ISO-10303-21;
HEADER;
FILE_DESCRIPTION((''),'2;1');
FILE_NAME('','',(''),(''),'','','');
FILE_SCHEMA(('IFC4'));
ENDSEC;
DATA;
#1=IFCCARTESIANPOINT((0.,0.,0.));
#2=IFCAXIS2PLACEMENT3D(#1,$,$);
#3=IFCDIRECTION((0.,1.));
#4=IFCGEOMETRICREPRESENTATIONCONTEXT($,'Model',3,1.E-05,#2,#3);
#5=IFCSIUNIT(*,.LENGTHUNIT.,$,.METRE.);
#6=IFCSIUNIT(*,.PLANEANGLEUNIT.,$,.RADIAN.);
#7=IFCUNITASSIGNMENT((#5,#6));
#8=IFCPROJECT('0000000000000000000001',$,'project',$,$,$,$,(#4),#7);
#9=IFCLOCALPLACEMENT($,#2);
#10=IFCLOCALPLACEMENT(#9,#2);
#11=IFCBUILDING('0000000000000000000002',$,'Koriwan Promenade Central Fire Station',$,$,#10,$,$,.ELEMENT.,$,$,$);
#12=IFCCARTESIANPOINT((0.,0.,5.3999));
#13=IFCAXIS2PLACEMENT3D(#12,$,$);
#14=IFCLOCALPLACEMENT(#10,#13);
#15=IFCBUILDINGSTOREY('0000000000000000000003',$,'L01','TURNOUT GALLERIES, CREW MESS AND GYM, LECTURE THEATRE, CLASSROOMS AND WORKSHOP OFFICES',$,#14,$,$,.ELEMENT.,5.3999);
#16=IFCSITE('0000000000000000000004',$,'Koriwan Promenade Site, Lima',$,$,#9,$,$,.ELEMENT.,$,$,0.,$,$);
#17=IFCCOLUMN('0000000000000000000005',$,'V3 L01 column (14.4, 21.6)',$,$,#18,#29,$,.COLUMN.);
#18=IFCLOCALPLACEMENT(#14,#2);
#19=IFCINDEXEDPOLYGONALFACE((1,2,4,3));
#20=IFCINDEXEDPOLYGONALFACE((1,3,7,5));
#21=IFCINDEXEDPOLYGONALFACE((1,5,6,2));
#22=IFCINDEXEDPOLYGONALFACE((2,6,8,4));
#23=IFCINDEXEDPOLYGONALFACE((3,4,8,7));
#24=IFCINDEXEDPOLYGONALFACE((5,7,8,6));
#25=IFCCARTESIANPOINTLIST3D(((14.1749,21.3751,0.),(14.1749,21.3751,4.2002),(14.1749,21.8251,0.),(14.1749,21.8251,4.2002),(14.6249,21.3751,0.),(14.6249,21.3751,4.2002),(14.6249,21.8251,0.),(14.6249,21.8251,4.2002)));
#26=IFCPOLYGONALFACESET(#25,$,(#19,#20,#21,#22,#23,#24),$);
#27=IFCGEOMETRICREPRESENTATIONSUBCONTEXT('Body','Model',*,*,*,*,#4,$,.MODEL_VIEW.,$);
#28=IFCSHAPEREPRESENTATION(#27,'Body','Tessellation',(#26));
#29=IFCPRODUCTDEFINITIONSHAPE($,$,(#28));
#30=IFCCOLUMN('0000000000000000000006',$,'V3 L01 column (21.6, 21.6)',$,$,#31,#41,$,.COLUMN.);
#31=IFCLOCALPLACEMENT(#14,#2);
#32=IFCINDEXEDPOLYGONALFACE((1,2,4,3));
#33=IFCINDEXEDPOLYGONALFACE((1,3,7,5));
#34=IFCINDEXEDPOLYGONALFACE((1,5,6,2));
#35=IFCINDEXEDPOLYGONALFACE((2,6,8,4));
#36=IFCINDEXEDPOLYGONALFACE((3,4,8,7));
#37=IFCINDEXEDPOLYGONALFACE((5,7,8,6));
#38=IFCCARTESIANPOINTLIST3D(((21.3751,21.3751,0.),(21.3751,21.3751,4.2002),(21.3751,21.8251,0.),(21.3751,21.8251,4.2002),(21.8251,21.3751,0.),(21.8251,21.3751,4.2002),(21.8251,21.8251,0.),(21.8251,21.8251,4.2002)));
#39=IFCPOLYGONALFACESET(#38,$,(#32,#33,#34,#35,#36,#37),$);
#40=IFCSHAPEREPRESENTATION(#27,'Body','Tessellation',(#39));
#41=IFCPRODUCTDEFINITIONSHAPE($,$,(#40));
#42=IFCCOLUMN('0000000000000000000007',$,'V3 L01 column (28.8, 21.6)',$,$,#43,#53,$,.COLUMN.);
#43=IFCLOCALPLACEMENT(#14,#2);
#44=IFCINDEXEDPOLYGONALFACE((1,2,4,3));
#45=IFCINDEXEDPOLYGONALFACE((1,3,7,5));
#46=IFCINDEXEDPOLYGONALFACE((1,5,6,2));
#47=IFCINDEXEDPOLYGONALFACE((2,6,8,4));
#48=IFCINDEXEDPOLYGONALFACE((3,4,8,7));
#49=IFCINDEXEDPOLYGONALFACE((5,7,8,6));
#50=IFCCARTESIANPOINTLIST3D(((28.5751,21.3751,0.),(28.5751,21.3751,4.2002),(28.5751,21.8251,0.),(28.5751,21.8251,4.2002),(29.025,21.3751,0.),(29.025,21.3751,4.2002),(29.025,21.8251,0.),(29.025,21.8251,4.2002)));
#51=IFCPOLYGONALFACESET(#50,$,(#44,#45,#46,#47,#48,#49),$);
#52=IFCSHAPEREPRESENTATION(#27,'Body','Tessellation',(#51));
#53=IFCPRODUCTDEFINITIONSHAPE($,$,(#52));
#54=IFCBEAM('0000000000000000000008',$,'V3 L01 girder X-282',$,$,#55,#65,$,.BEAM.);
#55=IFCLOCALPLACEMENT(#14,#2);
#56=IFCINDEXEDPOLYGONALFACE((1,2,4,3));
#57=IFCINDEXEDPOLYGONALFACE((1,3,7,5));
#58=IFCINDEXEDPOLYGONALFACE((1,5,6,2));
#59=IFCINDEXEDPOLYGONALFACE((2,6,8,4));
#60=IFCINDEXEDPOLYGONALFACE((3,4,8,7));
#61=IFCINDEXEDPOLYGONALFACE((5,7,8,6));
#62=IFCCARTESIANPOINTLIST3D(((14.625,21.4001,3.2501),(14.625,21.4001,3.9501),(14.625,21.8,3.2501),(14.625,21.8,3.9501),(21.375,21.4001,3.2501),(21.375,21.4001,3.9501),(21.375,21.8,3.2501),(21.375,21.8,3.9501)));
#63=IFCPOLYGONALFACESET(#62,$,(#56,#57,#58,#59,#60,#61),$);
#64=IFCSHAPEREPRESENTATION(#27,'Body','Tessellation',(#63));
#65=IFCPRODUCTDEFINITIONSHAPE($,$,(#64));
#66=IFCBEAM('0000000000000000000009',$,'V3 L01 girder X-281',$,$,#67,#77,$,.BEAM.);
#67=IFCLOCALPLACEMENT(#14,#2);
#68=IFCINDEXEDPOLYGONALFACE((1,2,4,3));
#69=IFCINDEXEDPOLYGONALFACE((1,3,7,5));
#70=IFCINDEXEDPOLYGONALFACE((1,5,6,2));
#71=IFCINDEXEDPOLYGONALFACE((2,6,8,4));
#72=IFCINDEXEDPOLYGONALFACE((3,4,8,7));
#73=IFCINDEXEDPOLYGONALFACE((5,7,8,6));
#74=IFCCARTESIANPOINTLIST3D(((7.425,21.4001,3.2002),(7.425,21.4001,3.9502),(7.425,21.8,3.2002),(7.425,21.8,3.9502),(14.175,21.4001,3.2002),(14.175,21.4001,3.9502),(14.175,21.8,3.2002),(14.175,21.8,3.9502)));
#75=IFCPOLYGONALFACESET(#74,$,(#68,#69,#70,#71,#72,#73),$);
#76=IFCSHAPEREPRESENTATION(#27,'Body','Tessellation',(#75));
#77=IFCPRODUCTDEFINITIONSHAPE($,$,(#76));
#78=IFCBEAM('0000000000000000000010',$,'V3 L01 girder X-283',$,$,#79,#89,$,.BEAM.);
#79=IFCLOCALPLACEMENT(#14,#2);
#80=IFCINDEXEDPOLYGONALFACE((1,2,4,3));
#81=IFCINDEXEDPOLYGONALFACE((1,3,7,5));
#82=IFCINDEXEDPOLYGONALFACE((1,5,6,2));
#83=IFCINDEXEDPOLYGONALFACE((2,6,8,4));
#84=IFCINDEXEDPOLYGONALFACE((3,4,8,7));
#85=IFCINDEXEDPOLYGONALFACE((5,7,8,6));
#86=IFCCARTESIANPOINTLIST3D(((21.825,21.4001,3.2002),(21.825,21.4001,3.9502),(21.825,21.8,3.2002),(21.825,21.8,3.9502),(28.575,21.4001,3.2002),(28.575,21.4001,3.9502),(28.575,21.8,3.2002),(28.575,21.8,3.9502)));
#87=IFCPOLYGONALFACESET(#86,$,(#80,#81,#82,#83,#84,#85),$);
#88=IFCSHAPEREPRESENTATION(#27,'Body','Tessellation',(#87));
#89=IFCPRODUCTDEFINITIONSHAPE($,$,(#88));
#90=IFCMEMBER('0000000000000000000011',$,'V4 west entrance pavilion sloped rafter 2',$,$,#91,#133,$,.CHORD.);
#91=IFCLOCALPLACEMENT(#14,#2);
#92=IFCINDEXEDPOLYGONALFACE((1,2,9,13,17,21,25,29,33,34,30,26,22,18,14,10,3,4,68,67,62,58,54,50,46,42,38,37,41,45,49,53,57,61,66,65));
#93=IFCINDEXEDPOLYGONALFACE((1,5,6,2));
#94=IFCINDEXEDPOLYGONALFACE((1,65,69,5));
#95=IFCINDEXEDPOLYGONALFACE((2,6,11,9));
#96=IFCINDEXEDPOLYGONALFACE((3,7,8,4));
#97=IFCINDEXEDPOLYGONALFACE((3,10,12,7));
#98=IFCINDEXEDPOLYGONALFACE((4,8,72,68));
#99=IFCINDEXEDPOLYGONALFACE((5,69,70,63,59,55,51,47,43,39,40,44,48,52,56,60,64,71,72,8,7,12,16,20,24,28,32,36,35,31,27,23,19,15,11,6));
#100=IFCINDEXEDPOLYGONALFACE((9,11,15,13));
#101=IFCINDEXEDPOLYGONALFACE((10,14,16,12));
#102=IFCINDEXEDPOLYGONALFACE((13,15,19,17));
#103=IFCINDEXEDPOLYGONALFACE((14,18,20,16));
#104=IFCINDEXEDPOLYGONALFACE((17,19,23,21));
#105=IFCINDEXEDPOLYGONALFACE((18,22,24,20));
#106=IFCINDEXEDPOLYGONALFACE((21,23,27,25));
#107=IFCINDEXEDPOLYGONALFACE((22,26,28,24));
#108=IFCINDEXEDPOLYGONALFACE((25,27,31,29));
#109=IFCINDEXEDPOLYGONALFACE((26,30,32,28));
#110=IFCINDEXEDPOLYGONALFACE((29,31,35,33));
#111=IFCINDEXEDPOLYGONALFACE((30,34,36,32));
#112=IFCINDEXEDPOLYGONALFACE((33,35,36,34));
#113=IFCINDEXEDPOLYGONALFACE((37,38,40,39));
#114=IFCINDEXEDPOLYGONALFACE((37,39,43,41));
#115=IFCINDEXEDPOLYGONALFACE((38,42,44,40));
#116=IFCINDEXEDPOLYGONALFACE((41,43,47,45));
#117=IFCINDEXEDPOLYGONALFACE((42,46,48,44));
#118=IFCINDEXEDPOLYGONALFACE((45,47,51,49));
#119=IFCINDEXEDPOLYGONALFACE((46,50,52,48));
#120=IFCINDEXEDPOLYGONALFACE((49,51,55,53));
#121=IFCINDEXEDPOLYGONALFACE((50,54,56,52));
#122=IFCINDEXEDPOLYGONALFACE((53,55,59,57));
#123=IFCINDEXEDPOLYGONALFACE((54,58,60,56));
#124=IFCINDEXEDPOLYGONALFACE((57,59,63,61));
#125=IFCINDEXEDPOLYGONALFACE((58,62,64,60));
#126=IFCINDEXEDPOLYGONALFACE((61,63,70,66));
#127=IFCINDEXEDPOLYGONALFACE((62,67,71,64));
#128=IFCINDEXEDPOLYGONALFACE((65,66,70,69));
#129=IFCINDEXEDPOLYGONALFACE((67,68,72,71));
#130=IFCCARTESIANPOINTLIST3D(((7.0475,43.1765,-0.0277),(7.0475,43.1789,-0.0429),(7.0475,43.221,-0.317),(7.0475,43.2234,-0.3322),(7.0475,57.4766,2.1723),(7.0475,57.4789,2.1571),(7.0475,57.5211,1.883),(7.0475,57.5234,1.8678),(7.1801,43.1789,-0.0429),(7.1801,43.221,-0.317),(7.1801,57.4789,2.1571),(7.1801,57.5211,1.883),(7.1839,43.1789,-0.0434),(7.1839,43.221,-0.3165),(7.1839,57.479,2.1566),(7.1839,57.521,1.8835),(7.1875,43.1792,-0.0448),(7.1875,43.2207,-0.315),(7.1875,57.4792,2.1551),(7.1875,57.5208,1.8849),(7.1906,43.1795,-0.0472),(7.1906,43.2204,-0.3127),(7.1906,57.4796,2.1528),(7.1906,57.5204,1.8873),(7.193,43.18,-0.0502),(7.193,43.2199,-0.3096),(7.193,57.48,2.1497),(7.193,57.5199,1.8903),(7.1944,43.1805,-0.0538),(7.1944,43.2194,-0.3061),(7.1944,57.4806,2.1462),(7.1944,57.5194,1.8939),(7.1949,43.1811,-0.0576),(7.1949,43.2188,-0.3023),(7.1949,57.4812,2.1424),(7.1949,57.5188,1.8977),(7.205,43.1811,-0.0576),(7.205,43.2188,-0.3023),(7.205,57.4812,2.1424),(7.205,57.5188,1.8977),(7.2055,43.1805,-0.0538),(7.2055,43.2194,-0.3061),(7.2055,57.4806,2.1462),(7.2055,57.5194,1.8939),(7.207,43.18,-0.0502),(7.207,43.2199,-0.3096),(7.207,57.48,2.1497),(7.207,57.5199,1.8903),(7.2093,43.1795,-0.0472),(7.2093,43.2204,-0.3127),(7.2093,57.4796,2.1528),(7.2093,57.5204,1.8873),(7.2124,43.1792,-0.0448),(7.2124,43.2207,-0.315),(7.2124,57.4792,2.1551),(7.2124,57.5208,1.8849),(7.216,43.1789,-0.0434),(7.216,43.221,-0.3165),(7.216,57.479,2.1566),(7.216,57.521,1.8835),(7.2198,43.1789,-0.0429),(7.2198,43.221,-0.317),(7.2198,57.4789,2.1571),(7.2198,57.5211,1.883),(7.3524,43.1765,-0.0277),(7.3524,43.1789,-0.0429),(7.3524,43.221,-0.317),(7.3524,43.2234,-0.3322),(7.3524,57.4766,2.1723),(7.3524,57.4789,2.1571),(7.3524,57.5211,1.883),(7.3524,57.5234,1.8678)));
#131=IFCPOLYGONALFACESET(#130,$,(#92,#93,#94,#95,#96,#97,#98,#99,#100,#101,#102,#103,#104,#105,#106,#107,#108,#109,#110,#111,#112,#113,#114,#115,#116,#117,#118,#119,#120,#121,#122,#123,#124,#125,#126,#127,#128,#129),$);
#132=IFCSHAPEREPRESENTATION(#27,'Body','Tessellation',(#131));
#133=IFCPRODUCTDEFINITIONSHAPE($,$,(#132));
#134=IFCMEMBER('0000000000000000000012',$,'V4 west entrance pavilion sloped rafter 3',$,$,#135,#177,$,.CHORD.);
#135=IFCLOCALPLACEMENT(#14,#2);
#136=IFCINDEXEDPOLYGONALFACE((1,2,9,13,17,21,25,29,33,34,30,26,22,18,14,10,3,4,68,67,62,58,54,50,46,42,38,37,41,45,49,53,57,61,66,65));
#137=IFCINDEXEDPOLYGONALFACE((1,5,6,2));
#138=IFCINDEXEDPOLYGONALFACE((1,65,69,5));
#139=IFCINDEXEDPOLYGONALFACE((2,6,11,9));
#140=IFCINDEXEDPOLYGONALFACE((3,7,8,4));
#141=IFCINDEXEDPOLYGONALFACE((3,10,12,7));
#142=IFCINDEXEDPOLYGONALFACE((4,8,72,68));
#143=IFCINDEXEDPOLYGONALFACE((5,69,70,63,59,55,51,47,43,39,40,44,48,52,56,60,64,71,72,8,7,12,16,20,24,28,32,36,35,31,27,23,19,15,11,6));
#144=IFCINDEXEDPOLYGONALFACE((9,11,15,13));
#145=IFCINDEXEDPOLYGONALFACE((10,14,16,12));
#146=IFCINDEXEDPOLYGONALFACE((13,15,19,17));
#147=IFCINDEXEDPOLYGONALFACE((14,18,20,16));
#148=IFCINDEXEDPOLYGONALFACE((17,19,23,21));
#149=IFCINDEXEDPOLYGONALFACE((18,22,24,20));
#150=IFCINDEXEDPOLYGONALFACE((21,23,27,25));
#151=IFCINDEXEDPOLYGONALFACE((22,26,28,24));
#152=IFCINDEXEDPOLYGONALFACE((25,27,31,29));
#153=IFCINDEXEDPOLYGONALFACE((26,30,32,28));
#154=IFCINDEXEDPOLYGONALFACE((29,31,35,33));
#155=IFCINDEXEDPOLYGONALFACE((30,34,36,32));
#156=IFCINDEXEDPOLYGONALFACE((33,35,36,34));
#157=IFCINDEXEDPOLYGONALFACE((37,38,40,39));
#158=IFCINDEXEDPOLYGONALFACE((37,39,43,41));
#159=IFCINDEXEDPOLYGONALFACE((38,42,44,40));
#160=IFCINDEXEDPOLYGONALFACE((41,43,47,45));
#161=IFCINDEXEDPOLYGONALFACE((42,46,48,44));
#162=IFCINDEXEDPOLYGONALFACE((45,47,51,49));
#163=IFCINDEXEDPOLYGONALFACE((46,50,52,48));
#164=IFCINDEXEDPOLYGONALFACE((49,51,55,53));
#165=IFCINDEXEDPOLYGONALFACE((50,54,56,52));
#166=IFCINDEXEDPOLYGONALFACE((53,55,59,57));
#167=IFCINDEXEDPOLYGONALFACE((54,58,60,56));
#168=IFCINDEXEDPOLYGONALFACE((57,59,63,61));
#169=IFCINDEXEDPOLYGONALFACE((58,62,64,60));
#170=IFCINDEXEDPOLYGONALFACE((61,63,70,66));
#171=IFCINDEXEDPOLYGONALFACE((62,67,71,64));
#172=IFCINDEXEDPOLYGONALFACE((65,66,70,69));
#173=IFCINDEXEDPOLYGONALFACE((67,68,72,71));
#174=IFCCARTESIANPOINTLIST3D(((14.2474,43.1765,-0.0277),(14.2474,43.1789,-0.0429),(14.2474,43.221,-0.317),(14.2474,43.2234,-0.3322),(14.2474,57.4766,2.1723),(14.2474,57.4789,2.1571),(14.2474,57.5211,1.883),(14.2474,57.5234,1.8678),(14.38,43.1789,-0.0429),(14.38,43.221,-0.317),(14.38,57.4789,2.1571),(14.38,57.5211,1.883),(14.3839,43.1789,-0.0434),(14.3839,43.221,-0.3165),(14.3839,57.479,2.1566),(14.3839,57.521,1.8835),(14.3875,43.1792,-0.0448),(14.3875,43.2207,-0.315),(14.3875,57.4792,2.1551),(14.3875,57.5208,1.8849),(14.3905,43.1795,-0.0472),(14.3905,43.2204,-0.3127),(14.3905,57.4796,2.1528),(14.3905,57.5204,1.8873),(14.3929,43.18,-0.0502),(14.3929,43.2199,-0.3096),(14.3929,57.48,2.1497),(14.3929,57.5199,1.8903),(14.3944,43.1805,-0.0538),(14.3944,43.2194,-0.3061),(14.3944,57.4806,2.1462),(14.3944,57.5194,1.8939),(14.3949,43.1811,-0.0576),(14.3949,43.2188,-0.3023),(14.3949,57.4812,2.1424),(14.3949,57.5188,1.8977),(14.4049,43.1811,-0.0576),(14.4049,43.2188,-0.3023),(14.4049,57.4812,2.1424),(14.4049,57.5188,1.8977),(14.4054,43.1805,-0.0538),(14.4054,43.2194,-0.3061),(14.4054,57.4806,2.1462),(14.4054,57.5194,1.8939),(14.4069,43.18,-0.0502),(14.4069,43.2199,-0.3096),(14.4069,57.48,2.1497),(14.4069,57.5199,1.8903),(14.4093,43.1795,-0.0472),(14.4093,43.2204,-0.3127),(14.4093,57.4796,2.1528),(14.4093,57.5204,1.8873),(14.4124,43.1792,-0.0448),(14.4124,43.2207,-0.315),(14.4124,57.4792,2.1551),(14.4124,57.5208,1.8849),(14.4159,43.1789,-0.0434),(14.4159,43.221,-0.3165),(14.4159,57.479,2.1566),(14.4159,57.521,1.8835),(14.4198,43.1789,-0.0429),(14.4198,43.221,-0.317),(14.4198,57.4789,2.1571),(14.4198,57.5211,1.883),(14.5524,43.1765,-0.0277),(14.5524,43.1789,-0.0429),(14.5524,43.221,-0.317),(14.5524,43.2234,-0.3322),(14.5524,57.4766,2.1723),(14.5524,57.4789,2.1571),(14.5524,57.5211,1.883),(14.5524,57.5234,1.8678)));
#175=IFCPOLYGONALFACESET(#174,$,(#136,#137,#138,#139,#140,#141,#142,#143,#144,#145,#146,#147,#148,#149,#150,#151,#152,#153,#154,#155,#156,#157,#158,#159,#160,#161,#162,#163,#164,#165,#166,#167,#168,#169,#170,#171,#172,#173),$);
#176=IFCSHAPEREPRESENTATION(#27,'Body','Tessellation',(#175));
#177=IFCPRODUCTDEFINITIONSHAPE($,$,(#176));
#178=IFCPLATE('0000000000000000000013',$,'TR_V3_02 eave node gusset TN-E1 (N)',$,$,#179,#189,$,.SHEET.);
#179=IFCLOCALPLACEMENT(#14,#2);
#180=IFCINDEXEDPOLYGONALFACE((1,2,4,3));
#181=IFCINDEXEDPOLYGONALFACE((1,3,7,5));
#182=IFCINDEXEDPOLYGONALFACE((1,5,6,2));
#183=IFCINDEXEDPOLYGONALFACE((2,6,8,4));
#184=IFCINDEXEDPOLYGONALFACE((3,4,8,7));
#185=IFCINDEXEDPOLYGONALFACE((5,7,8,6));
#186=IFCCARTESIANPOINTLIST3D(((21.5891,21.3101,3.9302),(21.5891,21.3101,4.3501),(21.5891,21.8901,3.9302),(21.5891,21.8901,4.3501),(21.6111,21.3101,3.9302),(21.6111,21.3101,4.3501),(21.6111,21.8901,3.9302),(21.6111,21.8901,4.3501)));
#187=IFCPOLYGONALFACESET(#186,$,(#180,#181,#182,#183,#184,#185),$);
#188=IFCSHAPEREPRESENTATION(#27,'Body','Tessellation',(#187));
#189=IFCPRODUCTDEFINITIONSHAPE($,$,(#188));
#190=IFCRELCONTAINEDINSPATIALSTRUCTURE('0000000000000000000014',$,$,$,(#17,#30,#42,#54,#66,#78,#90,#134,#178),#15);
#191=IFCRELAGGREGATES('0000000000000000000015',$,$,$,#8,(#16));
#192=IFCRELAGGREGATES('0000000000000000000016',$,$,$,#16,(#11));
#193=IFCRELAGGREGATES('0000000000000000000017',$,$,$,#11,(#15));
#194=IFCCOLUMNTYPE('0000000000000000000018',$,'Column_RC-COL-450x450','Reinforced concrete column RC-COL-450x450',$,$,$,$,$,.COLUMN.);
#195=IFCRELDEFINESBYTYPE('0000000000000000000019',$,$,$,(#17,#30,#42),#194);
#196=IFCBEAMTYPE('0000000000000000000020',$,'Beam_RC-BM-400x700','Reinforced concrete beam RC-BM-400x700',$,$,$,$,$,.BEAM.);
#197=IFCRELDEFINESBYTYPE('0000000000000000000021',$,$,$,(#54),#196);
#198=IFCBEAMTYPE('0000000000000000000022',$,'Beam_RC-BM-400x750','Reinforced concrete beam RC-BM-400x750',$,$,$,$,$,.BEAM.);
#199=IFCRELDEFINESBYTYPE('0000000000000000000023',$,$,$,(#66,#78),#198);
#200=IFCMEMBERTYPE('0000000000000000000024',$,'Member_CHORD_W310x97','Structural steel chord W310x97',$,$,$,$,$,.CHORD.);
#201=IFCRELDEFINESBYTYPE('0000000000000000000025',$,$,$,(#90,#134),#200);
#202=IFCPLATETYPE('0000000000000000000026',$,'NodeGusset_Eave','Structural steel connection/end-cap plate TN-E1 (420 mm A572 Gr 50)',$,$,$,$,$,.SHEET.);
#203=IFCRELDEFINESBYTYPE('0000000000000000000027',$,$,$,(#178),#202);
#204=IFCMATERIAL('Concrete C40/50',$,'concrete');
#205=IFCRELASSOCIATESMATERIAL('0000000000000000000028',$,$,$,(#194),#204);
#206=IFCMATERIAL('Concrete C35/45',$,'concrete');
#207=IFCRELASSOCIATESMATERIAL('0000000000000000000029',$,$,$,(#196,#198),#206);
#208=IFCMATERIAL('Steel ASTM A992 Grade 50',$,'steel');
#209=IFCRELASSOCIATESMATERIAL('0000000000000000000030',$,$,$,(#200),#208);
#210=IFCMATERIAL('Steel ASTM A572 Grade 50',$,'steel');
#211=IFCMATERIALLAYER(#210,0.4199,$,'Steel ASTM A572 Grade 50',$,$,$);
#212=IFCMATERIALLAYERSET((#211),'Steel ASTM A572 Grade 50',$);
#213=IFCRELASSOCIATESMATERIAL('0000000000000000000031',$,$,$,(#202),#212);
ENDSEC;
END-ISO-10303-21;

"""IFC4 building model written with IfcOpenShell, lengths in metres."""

from ifc_helpers import new_model, si_unit, direction, frame, origin, origin_2d, place, context, subcontext, project, spatial, rectangle, i_section, extrude, material, layer, layer_set, material_profile, profile_set, type_object, element, save


model = new_model("IFC4")

# Units and contexts
model_context = context("Model", 3, precision=1e-05, world=origin(), true_north=direction((0.0, 1.0)))
body_context = subcontext(model_context, "Body", "Model", "MODEL_VIEW")
ifc_project = project(units=[si_unit("LENGTHUNIT", "METRE"), si_unit("PLANEANGLEUNIT", "RADIAN")], contexts=[model_context])

# Site, building, storey
site_placement = place(None, origin())
site = spatial("IfcSite", under=ifc_project, at=site_placement, Name="Koriwan Promenade Site, Lima", CompositionType="ELEMENT", RefElevation=0.0)
building_placement = place(site_placement, origin())
building = spatial("IfcBuilding", under=site, at=building_placement, Name="Koriwan Promenade Central Fire Station", CompositionType="ELEMENT")
storey_placement = place(building_placement, frame((0.0, 0.0, 5.3999)))
storey = spatial("IfcBuildingStorey", under=building, at=storey_placement, Name="L01", Description="TURNOUT GALLERIES, CREW MESS AND GYM, LECTURE THEATRE, CLASSROOMS AND WORKSHOP OFFICES", CompositionType="ELEMENT", Elevation=5.3999)

# Columns
ifc_material_1 = material(Name="Concrete C40/50", Category="concrete")
ifc_material_profile_1 = material_profile(ifc_material_1, rectangle(XDim=0.45, YDim=0.45, at=origin_2d()), Name="RC-COL-450x450")
ifc_profile_set_1 = profile_set([ifc_material_profile_1], Name="Concrete C40/50")
column_type = type_object("IfcColumnType", Name="Column_RC-COL-450x450", Description="Reinforced concrete column RC-COL-450x450", PredefinedType="COLUMN", material=ifc_profile_set_1)
for number, where, z_axis, x_axis, name in (
    (1, (14.3999, 21.6001, 0.0), (0.0, 0.0, 1.0), (1.0, 0.0, 0.0), "V3 L01 column (14.4, 21.6)"),
    (2, (21.6001, 21.6001, 0.0), (0.0, 0.0, 1.0), (1.0, 0.0, 0.0), "V3 L01 column (21.6, 21.6)"),
    (3, (28.8, 21.6001, 0.0), (0.0, 0.0, 1.0), (1.0, 0.0, 0.0), "V3 L01 column (28.8, 21.6)"),
):
    element("IfcColumn", number, at=place(storey_placement, frame(where, z_axis=z_axis, x_axis=x_axis)), inside=storey, type_object=column_type, Name=name, PredefinedType="COLUMN", context=body_context, shape_type="SweptSolid", body=[
        extrude(rectangle(XDim=0.45, YDim=0.45, at=origin_2d()), origin(), (0.0, 0.0, 1.0), 4.2002),
    ])

# Beams
ifc_material_2 = material(Name="Concrete C35/45", Category="concrete")
ifc_material_profile_2 = material_profile(ifc_material_2, rectangle(XDim=0.3999, YDim=0.7, at=origin_2d()), Name="RC-BM-400x700")
ifc_profile_set_2 = profile_set([ifc_material_profile_2], Name="Concrete C35/45")
beam_type_1 = type_object("IfcBeamType", Name="Beam_RC-BM-400x700", Description="Reinforced concrete beam RC-BM-400x700", PredefinedType="BEAM", material=ifc_profile_set_2)
beam_placement = place(storey_placement, frame((14.625, 21.6001, 3.6001), z_axis=(1.0, 0.0, 0.0), x_axis=(0.0, 1.0, 0.0)))
element("IfcBeam", 4, at=beam_placement, inside=storey, type_object=beam_type_1, Name="V3 L01 girder X-282", PredefinedType="BEAM", context=body_context, shape_type="SweptSolid", body=[
    extrude(rectangle(XDim=0.3999, YDim=0.7, at=origin_2d()), origin(), (0.0, 0.0, 1.0), 6.75),
])
ifc_material_profile_3 = material_profile(ifc_material_2, rectangle(XDim=0.3999, YDim=0.75, at=origin_2d()), Name="RC-BM-400x750")
ifc_profile_set_3 = profile_set([ifc_material_profile_3], Name="Concrete C35/45")
beam_type_2 = type_object("IfcBeamType", Name="Beam_RC-BM-400x750", Description="Reinforced concrete beam RC-BM-400x750", PredefinedType="BEAM", material=ifc_profile_set_3)
for number, where, z_axis, x_axis, name in (
    (5, (7.425, 21.6001, 3.5752), (1.0, 0.0, 0.0), (0.0, 1.0, 0.0), "V3 L01 girder X-281"),
    (6, (21.825, 21.6001, 3.5752), (1.0, 0.0, 0.0), (0.0, 1.0, 0.0), "V3 L01 girder X-283"),
):
    element("IfcBeam", number, at=place(storey_placement, frame(where, z_axis=z_axis, x_axis=x_axis)), inside=storey, type_object=beam_type_2, Name=name, PredefinedType="BEAM", context=body_context, shape_type="SweptSolid", body=[
        extrude(rectangle(XDim=0.3999, YDim=0.75, at=origin_2d()), origin(), (0.0, 0.0, 1.0), 6.75),
    ])

# Members
ifc_material_3 = material(Name="Steel ASTM A992 Grade 50", Category="steel")
ifc_material_profile_4 = material_profile(ifc_material_3, i_section(OverallWidth=0.3049, OverallDepth=0.3081, WebThickness=0.01, FlangeThickness=0.0154, FilletRadius=0.0149, at=origin_2d()), Name="W310x97")
ifc_profile_set_4 = profile_set([ifc_material_profile_4], Name="Steel ASTM A992 Grade 50")
member_type = type_object("IfcMemberType", Name="Member_CHORD_W310x97", Description="Structural steel chord W310x97", PredefinedType="CHORD", material=ifc_profile_set_4)
for number, where, z_axis, x_axis, name in (
    (7, (7.2, 43.2, -0.1799), (0.0, 0.988372, 0.152053), (-1.0, 0.0, 0.0), "V4 west entrance pavilion sloped rafter 2"),
    (8, (14.3999, 43.2, -0.1799), (0.0, 0.988372, 0.152053), (-1.0, 0.0, 0.0), "V4 west entrance pavilion sloped rafter 3"),
):
    element("IfcMember", number, at=place(storey_placement, frame(where, z_axis=z_axis, x_axis=x_axis)), inside=storey, type_object=member_type, Name=name, PredefinedType="CHORD", context=body_context, shape_type="SweptSolid", body=[
        extrude(i_section(OverallWidth=0.3049, OverallDepth=0.3081, WebThickness=0.01, FlangeThickness=0.0154, FilletRadius=0.0149, at=origin_2d()), origin(), (0.0, 0.0, 1.0), 14.4683),
    ])

# Plate
ifc_material_4 = material(Name="Steel ASTM A572 Grade 50", Category="steel")
ifc_layer_1 = layer(ifc_material_4, 0.4199, Name="Steel ASTM A572 Grade 50")
ifc_layer_set_1 = layer_set([ifc_layer_1], Name="Steel ASTM A572 Grade 50")
plate_type = type_object("IfcPlateType", Name="NodeGusset_Eave", Description="Structural steel connection/end-cap plate TN-E1 (420 mm A572 Gr 50)", PredefinedType="SHEET", material=ifc_layer_set_1)
plate_placement = place(storey_placement, frame((21.6001, 21.6001, 3.9302), z_axis=(0.0, 0.0, 1.0), x_axis=(1.0, 0.0, 0.0)))
element("IfcPlate", 9, at=plate_placement, inside=storey, type_object=plate_type, Name="TR_V3_02 eave node gusset TN-E1 (N)", PredefinedType="SHEET", context=body_context, shape_type="SweptSolid", body=[
    extrude(rectangle(XDim=0.022, YDim=0.5801, at=origin_2d()), origin(), (0.0, 0.0, 1.0), 0.4199),
])

save(model, "model.ifc")
